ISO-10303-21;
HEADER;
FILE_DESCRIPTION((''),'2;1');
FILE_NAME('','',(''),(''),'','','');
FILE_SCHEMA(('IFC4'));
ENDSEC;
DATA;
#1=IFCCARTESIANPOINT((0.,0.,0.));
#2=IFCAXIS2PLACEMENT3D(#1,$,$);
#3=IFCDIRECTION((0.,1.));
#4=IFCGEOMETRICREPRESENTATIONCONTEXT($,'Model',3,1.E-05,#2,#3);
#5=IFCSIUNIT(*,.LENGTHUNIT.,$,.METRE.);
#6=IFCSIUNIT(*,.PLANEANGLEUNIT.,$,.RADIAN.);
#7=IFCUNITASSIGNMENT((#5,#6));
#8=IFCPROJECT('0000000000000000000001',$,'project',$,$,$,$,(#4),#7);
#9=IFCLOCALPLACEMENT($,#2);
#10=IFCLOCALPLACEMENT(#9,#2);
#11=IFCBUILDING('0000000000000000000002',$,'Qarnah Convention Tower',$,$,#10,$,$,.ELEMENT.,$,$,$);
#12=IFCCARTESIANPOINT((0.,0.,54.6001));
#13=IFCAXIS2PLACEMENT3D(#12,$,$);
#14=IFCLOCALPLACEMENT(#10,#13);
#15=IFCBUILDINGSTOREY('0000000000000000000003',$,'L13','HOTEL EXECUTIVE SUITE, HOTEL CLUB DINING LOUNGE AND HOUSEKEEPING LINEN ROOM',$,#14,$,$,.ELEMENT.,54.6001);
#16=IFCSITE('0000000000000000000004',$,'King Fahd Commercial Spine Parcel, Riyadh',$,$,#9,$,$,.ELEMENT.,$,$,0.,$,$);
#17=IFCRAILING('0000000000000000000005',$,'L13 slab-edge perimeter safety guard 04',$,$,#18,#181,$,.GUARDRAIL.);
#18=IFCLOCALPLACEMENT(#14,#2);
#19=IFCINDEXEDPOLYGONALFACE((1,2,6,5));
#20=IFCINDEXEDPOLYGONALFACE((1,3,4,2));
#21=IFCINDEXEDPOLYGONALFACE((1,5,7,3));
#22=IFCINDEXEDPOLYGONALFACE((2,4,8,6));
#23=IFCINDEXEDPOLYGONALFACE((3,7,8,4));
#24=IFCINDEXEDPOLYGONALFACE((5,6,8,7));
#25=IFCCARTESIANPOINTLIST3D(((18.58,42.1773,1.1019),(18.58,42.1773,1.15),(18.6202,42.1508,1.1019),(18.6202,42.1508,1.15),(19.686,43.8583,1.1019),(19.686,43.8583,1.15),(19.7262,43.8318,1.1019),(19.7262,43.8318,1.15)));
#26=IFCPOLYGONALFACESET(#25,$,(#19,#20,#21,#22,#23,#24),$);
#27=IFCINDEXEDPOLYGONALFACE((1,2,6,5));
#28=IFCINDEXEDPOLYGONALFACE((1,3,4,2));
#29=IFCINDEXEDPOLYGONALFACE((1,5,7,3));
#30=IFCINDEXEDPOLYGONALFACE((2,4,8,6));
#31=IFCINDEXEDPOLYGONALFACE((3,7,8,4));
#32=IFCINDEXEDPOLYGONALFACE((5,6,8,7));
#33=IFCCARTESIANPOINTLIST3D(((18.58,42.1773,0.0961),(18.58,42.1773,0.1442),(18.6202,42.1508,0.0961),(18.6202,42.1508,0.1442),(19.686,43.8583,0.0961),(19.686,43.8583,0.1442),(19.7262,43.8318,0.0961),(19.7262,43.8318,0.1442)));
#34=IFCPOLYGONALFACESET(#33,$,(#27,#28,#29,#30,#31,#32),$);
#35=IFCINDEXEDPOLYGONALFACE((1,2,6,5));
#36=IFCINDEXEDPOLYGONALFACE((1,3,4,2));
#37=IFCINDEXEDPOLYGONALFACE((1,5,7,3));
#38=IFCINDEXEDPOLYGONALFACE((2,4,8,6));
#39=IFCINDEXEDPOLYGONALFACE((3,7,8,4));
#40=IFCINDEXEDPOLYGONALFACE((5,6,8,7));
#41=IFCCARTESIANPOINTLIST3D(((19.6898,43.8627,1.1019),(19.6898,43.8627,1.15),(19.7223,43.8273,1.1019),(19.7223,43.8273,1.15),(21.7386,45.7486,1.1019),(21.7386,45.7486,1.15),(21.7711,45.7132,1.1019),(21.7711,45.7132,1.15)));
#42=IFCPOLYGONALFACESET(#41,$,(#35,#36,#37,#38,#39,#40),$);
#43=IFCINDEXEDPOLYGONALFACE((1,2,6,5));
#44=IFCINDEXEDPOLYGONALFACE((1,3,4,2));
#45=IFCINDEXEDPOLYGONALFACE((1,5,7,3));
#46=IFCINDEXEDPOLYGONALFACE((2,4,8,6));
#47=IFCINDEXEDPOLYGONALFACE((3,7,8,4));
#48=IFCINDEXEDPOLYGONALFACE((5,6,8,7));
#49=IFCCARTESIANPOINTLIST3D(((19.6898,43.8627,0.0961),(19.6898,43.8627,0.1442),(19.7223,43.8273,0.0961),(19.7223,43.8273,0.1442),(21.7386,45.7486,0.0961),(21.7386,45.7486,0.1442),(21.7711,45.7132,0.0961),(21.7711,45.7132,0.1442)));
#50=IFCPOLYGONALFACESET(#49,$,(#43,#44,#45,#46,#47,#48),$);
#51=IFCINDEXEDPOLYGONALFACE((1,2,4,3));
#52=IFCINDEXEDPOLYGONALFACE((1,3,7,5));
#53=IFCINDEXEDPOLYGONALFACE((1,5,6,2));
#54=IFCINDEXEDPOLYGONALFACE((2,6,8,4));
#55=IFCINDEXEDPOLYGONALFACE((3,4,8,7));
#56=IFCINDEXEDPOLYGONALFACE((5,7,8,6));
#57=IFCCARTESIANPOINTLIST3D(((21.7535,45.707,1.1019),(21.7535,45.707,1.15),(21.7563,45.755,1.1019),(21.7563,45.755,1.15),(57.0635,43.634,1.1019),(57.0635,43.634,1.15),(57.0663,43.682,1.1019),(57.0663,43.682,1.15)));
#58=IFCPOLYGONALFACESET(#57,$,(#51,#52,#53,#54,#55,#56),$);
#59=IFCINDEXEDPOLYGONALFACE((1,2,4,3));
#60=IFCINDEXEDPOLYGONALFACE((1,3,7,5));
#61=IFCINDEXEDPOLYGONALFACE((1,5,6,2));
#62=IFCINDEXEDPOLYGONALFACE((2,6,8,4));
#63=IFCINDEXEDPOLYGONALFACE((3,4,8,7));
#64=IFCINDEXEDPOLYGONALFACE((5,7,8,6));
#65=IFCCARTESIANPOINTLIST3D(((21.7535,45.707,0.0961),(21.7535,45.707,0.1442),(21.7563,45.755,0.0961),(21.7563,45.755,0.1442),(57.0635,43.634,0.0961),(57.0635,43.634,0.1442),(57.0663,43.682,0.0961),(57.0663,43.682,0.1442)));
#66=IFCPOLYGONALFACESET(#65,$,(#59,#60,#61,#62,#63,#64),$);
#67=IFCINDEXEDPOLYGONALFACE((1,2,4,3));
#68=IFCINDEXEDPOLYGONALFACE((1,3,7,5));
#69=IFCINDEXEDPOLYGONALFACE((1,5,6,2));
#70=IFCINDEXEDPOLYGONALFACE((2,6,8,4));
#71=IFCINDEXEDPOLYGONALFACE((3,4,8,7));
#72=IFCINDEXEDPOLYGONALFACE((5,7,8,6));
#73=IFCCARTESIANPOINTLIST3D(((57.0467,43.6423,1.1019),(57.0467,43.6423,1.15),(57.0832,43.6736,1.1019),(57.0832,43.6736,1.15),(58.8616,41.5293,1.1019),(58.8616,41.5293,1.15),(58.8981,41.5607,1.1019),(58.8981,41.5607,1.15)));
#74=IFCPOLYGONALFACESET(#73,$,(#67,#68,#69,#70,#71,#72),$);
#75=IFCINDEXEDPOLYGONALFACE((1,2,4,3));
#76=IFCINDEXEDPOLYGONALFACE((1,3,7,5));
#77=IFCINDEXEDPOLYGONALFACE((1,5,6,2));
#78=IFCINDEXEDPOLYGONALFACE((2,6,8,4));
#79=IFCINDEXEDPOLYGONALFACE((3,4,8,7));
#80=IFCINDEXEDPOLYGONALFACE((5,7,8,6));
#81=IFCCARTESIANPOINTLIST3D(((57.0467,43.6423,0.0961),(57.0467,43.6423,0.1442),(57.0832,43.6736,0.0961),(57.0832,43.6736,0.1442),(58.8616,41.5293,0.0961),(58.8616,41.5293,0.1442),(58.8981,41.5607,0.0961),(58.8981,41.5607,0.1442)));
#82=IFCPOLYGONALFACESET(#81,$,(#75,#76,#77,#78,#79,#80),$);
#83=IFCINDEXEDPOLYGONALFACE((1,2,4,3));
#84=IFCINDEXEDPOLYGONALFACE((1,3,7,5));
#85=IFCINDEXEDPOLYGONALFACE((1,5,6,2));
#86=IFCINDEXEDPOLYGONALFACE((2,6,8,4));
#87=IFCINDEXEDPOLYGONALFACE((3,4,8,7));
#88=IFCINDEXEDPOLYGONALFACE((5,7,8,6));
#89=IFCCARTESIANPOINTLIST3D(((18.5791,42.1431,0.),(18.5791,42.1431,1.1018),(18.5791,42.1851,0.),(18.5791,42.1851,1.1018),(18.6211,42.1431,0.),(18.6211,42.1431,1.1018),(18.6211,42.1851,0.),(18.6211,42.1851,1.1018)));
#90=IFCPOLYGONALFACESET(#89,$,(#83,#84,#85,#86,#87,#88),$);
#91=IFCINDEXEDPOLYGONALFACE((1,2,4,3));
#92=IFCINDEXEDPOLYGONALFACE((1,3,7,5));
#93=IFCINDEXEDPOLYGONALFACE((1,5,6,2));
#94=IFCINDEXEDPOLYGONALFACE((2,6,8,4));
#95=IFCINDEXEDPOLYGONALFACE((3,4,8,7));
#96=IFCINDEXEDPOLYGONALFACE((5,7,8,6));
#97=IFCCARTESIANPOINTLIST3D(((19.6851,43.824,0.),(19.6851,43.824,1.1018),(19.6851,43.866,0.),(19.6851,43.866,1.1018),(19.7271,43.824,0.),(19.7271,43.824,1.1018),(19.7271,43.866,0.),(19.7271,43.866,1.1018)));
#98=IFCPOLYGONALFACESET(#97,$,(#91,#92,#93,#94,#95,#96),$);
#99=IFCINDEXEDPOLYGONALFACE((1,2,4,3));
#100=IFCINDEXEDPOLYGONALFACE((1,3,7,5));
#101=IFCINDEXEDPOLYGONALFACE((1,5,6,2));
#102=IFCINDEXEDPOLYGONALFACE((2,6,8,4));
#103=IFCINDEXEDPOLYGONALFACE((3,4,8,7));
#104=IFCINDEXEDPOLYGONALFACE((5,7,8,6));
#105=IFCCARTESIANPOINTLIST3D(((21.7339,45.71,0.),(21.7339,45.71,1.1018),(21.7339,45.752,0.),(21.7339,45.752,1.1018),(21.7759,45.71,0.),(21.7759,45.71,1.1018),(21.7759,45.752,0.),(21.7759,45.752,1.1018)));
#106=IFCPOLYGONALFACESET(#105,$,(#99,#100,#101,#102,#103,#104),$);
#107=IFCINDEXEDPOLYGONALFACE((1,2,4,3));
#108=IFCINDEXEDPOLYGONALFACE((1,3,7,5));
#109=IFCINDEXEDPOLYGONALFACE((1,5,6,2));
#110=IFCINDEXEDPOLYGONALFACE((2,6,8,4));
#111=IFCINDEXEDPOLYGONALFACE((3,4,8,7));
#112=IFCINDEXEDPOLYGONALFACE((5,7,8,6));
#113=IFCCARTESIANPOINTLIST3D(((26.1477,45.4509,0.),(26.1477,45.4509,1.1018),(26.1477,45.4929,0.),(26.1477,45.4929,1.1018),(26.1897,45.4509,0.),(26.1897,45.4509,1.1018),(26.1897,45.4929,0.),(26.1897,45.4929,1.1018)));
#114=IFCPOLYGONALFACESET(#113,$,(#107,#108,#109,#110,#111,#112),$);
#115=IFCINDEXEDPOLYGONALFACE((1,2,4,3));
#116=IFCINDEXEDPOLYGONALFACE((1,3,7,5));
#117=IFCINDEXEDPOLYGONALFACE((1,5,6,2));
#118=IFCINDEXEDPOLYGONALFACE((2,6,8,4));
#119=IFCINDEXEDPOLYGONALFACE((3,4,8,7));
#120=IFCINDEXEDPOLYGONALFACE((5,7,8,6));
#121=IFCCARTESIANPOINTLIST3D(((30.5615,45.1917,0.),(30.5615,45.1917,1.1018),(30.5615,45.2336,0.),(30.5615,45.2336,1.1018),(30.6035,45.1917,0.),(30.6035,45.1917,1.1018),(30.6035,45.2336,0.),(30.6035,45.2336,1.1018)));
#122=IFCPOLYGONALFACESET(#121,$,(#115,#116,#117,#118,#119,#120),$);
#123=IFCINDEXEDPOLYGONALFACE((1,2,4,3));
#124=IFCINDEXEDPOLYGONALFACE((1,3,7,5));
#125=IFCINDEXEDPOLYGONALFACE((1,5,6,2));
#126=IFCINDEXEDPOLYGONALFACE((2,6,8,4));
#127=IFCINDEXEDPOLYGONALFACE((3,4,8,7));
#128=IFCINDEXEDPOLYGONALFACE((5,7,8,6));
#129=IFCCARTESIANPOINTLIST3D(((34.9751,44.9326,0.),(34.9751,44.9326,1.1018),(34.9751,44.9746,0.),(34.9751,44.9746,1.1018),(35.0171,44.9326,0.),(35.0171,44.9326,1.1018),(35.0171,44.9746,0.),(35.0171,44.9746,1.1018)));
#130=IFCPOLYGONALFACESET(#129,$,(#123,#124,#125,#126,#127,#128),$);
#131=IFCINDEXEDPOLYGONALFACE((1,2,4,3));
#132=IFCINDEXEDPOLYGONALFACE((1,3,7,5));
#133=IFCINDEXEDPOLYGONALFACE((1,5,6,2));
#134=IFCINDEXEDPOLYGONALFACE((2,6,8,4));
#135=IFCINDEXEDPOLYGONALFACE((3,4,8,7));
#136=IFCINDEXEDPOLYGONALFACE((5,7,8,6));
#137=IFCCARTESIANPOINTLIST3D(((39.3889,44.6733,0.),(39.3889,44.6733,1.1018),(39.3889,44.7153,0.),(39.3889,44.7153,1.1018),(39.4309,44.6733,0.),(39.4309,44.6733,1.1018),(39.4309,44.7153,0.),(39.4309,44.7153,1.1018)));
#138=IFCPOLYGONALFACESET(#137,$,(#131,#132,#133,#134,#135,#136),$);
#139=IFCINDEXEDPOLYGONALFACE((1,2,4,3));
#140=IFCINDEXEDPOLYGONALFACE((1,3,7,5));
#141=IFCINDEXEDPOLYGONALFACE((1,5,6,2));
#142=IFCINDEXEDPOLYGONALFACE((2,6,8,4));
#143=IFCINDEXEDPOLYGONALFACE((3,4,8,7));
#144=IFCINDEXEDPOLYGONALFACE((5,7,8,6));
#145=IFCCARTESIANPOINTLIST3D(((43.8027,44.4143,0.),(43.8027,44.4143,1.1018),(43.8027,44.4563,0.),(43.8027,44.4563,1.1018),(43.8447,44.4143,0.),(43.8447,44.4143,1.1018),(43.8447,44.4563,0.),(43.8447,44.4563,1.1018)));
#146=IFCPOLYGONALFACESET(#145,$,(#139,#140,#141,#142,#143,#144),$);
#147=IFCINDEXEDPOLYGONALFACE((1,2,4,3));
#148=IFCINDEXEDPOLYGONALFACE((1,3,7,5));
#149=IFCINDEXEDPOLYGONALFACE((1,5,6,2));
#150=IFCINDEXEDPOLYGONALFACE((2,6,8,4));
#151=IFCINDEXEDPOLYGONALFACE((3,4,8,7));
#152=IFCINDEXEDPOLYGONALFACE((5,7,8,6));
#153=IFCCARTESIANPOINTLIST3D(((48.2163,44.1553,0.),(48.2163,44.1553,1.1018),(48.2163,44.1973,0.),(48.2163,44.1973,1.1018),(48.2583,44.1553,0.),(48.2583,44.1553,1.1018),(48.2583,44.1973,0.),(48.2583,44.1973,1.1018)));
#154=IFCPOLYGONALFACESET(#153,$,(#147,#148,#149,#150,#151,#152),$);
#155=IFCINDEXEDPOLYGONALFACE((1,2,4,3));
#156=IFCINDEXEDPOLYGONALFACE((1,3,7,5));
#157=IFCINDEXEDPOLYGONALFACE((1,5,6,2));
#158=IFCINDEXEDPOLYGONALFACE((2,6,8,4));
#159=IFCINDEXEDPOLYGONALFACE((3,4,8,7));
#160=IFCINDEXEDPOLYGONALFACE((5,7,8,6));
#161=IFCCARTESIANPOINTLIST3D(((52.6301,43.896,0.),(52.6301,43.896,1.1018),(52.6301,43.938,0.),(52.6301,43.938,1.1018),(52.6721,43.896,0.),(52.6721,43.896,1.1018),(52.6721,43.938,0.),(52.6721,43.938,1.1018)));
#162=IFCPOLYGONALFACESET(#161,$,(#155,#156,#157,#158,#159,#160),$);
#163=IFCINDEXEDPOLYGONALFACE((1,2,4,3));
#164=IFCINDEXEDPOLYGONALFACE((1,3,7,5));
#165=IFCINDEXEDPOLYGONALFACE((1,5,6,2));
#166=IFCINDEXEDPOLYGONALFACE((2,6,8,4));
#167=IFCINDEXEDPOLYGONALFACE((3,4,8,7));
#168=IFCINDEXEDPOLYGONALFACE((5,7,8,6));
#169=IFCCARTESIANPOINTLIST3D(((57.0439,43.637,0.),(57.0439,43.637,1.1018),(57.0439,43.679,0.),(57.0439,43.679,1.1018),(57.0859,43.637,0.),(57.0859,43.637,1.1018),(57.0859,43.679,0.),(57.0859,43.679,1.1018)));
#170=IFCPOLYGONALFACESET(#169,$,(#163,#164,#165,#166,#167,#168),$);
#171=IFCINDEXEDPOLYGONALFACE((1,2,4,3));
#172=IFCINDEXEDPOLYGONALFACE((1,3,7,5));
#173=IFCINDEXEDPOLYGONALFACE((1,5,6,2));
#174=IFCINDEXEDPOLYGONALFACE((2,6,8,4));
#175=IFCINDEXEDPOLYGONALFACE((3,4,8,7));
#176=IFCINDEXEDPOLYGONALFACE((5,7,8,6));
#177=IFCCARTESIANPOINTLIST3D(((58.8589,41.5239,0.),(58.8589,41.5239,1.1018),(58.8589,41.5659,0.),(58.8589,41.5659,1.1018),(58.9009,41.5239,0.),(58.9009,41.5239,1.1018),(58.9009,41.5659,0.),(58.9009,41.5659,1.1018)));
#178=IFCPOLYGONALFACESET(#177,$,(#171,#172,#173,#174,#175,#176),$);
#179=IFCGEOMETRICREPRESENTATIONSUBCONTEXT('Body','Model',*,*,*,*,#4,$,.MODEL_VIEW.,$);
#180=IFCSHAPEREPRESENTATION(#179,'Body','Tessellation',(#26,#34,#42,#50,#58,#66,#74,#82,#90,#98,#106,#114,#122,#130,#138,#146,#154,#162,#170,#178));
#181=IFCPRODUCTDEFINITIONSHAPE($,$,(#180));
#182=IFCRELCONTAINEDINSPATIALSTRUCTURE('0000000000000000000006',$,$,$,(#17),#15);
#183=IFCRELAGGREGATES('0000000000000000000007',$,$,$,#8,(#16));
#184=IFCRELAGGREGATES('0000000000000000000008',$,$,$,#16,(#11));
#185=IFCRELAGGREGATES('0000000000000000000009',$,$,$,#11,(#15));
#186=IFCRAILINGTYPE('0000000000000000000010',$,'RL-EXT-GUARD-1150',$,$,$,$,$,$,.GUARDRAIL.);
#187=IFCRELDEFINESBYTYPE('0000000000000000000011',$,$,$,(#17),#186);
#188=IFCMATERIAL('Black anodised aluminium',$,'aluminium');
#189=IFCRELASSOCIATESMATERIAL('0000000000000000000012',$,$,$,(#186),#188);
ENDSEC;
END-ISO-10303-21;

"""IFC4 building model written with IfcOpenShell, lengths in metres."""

from ifc_helpers import new_model, si_unit, direction, frame, origin, origin_2d, place, context, subcontext, project, spatial, rectangle, extrude, material, type_object, element, save


model = new_model("IFC4")

# Units and contexts
model_context = context("Model", 3, precision=1e-05, world=origin(), true_north=direction((0.0, 1.0)))
body_context = subcontext(model_context, "Body", "Model", "MODEL_VIEW")
ifc_project = project(units=[si_unit("LENGTHUNIT", "METRE"), si_unit("PLANEANGLEUNIT", "RADIAN")], contexts=[model_context])

# Site, building, storey
site_placement = place(None, origin())
site = spatial("IfcSite", under=ifc_project, at=site_placement, Name="King Fahd Commercial Spine Parcel, Riyadh", CompositionType="ELEMENT", RefElevation=0.0)
building_placement = place(site_placement, origin())
building = spatial("IfcBuilding", under=site, at=building_placement, Name="Qarnah Convention Tower", CompositionType="ELEMENT")
storey_placement = place(building_placement, frame((0.0, 0.0, 54.6001)))
storey = spatial("IfcBuildingStorey", under=building, at=storey_placement, Name="L13", Description="HOTEL EXECUTIVE SUITE, HOTEL CLUB DINING LOUNGE AND HOUSEKEEPING LINEN ROOM", CompositionType="ELEMENT", Elevation=54.6001)

# Shared definitions
ifc_material_1 = material(Name="Black anodised aluminium", Category="aluminium")

# Railing
railing_type = type_object("IfcRailingType", Name="RL-EXT-GUARD-1150", PredefinedType="GUARDRAIL", material=ifc_material_1)
railing_1_placement = place(storey_placement, frame((18.6001, 42.1641, 0.0)))
element("IfcRailing", 1, at=railing_1_placement, inside=storey, type_object=railing_type, Name="L13 slab-edge perimeter safety guard 04", PredefinedType="GUARDRAIL", context=body_context, shape_type="SweptSolid", body=[
    extrude(rectangle(XDim=0.0481, YDim=0.0481, at=origin_2d()), frame((0.0, 0.0, 1.126), z_axis=(0.54965, 0.835395, 0.0), x_axis=(-0.835395, 0.54965, 0.0)), (0.0, 0.0, 1.0), 2.0122),
    extrude(rectangle(XDim=0.0481, YDim=0.0481, at=origin_2d()), frame((0.0, 0.0, 0.1201), z_axis=(0.54965, 0.835395, 0.0), x_axis=(-0.835395, 0.54965, 0.0)), (0.0, 0.0, 1.0), 2.0122),
    extrude(rectangle(XDim=0.0481, YDim=0.0481, at=origin_2d()), frame((1.106, 1.6809, 1.126), z_axis=(0.735741, 0.677264, 0.0), x_axis=(-0.677264, 0.735741, 0.0)), (0.0, 0.0, 1.0), 2.7847),
    extrude(rectangle(XDim=0.0481, YDim=0.0481, at=origin_2d()), frame((1.106, 1.6809, 0.1201), z_axis=(0.735741, 0.677264, 0.0), x_axis=(-0.677264, 0.735741, 0.0)), (0.0, 0.0, 1.0), 2.7847),
    extrude(rectangle(XDim=0.0481, YDim=0.0481, at=origin_2d()), frame((3.1548, 3.5669, 1.126), z_axis=(0.998281, -0.058608, 0.0), x_axis=(0.058608, 0.998281, 0.0)), (0.0, 0.0, 1.0), 35.3708),
    extrude(rectangle(XDim=0.0481, YDim=0.0481, at=origin_2d()), frame((3.1548, 3.5669, 0.1201), z_axis=(0.998281, -0.058608, 0.0), x_axis=(0.058608, 0.998281, 0.0)), (0.0, 0.0, 1.0), 35.3708),
    extrude(rectangle(XDim=0.0481, YDim=0.0481, at=origin_2d()), frame((38.4648, 1.4939, 1.126), z_axis=(0.651571, -0.758588, 0.0), x_axis=(0.758588, 0.651571, 0.0)), (0.0, 0.0, 1.0), 2.7854),
    extrude(rectangle(XDim=0.0481, YDim=0.0481, at=origin_2d()), frame((38.4648, 1.4939, 0.1201), z_axis=(0.651571, -0.758588, 0.0), x_axis=(0.758588, 0.651571, 0.0)), (0.0, 0.0, 1.0), 2.7854),
    extrude(rectangle(XDim=0.042, YDim=0.042, at=origin_2d()), origin(), (0.0, 0.0, 1.0), 1.1018),
    extrude(rectangle(XDim=0.042, YDim=0.042, at=origin_2d()), frame((1.106, 1.6809, 0.0)), (0.0, 0.0, 1.0), 1.1018),
    extrude(rectangle(XDim=0.042, YDim=0.042, at=origin_2d()), frame((3.1548, 3.5669, 0.0)), (0.0, 0.0, 1.0), 1.1018),
    extrude(rectangle(XDim=0.042, YDim=0.042, at=origin_2d()), frame((7.5686, 3.3079, 0.0)), (0.0, 0.0, 1.0), 1.1018),
    extrude(rectangle(XDim=0.042, YDim=0.042, at=origin_2d()), frame((11.9824, 3.0486, 0.0)), (0.0, 0.0, 1.0), 1.1018),
    extrude(rectangle(XDim=0.042, YDim=0.042, at=origin_2d()), frame((16.396, 2.7896, 0.0)), (0.0, 0.0, 1.0), 1.1018),
    extrude(rectangle(XDim=0.042, YDim=0.042, at=origin_2d()), frame((20.8098, 2.5303, 0.0)), (0.0, 0.0, 1.0), 1.1018),
    extrude(rectangle(XDim=0.042, YDim=0.042, at=origin_2d()), frame((25.2236, 2.2712, 0.0)), (0.0, 0.0, 1.0), 1.1018),
    extrude(rectangle(XDim=0.042, YDim=0.042, at=origin_2d()), frame((29.6372, 2.0122, 0.0)), (0.0, 0.0, 1.0), 1.1018),
    extrude(rectangle(XDim=0.042, YDim=0.042, at=origin_2d()), frame((34.051, 1.7529, 0.0)), (0.0, 0.0, 1.0), 1.1018),
    extrude(rectangle(XDim=0.042, YDim=0.042, at=origin_2d()), frame((38.4648, 1.4939, 0.0)), (0.0, 0.0, 1.0), 1.1018),
    extrude(rectangle(XDim=0.042, YDim=0.042, at=origin_2d()), frame((40.2798, -0.6191, 0.0)), (0.0, 0.0, 1.0), 1.1018),
])

save(model, "model.ifc")
